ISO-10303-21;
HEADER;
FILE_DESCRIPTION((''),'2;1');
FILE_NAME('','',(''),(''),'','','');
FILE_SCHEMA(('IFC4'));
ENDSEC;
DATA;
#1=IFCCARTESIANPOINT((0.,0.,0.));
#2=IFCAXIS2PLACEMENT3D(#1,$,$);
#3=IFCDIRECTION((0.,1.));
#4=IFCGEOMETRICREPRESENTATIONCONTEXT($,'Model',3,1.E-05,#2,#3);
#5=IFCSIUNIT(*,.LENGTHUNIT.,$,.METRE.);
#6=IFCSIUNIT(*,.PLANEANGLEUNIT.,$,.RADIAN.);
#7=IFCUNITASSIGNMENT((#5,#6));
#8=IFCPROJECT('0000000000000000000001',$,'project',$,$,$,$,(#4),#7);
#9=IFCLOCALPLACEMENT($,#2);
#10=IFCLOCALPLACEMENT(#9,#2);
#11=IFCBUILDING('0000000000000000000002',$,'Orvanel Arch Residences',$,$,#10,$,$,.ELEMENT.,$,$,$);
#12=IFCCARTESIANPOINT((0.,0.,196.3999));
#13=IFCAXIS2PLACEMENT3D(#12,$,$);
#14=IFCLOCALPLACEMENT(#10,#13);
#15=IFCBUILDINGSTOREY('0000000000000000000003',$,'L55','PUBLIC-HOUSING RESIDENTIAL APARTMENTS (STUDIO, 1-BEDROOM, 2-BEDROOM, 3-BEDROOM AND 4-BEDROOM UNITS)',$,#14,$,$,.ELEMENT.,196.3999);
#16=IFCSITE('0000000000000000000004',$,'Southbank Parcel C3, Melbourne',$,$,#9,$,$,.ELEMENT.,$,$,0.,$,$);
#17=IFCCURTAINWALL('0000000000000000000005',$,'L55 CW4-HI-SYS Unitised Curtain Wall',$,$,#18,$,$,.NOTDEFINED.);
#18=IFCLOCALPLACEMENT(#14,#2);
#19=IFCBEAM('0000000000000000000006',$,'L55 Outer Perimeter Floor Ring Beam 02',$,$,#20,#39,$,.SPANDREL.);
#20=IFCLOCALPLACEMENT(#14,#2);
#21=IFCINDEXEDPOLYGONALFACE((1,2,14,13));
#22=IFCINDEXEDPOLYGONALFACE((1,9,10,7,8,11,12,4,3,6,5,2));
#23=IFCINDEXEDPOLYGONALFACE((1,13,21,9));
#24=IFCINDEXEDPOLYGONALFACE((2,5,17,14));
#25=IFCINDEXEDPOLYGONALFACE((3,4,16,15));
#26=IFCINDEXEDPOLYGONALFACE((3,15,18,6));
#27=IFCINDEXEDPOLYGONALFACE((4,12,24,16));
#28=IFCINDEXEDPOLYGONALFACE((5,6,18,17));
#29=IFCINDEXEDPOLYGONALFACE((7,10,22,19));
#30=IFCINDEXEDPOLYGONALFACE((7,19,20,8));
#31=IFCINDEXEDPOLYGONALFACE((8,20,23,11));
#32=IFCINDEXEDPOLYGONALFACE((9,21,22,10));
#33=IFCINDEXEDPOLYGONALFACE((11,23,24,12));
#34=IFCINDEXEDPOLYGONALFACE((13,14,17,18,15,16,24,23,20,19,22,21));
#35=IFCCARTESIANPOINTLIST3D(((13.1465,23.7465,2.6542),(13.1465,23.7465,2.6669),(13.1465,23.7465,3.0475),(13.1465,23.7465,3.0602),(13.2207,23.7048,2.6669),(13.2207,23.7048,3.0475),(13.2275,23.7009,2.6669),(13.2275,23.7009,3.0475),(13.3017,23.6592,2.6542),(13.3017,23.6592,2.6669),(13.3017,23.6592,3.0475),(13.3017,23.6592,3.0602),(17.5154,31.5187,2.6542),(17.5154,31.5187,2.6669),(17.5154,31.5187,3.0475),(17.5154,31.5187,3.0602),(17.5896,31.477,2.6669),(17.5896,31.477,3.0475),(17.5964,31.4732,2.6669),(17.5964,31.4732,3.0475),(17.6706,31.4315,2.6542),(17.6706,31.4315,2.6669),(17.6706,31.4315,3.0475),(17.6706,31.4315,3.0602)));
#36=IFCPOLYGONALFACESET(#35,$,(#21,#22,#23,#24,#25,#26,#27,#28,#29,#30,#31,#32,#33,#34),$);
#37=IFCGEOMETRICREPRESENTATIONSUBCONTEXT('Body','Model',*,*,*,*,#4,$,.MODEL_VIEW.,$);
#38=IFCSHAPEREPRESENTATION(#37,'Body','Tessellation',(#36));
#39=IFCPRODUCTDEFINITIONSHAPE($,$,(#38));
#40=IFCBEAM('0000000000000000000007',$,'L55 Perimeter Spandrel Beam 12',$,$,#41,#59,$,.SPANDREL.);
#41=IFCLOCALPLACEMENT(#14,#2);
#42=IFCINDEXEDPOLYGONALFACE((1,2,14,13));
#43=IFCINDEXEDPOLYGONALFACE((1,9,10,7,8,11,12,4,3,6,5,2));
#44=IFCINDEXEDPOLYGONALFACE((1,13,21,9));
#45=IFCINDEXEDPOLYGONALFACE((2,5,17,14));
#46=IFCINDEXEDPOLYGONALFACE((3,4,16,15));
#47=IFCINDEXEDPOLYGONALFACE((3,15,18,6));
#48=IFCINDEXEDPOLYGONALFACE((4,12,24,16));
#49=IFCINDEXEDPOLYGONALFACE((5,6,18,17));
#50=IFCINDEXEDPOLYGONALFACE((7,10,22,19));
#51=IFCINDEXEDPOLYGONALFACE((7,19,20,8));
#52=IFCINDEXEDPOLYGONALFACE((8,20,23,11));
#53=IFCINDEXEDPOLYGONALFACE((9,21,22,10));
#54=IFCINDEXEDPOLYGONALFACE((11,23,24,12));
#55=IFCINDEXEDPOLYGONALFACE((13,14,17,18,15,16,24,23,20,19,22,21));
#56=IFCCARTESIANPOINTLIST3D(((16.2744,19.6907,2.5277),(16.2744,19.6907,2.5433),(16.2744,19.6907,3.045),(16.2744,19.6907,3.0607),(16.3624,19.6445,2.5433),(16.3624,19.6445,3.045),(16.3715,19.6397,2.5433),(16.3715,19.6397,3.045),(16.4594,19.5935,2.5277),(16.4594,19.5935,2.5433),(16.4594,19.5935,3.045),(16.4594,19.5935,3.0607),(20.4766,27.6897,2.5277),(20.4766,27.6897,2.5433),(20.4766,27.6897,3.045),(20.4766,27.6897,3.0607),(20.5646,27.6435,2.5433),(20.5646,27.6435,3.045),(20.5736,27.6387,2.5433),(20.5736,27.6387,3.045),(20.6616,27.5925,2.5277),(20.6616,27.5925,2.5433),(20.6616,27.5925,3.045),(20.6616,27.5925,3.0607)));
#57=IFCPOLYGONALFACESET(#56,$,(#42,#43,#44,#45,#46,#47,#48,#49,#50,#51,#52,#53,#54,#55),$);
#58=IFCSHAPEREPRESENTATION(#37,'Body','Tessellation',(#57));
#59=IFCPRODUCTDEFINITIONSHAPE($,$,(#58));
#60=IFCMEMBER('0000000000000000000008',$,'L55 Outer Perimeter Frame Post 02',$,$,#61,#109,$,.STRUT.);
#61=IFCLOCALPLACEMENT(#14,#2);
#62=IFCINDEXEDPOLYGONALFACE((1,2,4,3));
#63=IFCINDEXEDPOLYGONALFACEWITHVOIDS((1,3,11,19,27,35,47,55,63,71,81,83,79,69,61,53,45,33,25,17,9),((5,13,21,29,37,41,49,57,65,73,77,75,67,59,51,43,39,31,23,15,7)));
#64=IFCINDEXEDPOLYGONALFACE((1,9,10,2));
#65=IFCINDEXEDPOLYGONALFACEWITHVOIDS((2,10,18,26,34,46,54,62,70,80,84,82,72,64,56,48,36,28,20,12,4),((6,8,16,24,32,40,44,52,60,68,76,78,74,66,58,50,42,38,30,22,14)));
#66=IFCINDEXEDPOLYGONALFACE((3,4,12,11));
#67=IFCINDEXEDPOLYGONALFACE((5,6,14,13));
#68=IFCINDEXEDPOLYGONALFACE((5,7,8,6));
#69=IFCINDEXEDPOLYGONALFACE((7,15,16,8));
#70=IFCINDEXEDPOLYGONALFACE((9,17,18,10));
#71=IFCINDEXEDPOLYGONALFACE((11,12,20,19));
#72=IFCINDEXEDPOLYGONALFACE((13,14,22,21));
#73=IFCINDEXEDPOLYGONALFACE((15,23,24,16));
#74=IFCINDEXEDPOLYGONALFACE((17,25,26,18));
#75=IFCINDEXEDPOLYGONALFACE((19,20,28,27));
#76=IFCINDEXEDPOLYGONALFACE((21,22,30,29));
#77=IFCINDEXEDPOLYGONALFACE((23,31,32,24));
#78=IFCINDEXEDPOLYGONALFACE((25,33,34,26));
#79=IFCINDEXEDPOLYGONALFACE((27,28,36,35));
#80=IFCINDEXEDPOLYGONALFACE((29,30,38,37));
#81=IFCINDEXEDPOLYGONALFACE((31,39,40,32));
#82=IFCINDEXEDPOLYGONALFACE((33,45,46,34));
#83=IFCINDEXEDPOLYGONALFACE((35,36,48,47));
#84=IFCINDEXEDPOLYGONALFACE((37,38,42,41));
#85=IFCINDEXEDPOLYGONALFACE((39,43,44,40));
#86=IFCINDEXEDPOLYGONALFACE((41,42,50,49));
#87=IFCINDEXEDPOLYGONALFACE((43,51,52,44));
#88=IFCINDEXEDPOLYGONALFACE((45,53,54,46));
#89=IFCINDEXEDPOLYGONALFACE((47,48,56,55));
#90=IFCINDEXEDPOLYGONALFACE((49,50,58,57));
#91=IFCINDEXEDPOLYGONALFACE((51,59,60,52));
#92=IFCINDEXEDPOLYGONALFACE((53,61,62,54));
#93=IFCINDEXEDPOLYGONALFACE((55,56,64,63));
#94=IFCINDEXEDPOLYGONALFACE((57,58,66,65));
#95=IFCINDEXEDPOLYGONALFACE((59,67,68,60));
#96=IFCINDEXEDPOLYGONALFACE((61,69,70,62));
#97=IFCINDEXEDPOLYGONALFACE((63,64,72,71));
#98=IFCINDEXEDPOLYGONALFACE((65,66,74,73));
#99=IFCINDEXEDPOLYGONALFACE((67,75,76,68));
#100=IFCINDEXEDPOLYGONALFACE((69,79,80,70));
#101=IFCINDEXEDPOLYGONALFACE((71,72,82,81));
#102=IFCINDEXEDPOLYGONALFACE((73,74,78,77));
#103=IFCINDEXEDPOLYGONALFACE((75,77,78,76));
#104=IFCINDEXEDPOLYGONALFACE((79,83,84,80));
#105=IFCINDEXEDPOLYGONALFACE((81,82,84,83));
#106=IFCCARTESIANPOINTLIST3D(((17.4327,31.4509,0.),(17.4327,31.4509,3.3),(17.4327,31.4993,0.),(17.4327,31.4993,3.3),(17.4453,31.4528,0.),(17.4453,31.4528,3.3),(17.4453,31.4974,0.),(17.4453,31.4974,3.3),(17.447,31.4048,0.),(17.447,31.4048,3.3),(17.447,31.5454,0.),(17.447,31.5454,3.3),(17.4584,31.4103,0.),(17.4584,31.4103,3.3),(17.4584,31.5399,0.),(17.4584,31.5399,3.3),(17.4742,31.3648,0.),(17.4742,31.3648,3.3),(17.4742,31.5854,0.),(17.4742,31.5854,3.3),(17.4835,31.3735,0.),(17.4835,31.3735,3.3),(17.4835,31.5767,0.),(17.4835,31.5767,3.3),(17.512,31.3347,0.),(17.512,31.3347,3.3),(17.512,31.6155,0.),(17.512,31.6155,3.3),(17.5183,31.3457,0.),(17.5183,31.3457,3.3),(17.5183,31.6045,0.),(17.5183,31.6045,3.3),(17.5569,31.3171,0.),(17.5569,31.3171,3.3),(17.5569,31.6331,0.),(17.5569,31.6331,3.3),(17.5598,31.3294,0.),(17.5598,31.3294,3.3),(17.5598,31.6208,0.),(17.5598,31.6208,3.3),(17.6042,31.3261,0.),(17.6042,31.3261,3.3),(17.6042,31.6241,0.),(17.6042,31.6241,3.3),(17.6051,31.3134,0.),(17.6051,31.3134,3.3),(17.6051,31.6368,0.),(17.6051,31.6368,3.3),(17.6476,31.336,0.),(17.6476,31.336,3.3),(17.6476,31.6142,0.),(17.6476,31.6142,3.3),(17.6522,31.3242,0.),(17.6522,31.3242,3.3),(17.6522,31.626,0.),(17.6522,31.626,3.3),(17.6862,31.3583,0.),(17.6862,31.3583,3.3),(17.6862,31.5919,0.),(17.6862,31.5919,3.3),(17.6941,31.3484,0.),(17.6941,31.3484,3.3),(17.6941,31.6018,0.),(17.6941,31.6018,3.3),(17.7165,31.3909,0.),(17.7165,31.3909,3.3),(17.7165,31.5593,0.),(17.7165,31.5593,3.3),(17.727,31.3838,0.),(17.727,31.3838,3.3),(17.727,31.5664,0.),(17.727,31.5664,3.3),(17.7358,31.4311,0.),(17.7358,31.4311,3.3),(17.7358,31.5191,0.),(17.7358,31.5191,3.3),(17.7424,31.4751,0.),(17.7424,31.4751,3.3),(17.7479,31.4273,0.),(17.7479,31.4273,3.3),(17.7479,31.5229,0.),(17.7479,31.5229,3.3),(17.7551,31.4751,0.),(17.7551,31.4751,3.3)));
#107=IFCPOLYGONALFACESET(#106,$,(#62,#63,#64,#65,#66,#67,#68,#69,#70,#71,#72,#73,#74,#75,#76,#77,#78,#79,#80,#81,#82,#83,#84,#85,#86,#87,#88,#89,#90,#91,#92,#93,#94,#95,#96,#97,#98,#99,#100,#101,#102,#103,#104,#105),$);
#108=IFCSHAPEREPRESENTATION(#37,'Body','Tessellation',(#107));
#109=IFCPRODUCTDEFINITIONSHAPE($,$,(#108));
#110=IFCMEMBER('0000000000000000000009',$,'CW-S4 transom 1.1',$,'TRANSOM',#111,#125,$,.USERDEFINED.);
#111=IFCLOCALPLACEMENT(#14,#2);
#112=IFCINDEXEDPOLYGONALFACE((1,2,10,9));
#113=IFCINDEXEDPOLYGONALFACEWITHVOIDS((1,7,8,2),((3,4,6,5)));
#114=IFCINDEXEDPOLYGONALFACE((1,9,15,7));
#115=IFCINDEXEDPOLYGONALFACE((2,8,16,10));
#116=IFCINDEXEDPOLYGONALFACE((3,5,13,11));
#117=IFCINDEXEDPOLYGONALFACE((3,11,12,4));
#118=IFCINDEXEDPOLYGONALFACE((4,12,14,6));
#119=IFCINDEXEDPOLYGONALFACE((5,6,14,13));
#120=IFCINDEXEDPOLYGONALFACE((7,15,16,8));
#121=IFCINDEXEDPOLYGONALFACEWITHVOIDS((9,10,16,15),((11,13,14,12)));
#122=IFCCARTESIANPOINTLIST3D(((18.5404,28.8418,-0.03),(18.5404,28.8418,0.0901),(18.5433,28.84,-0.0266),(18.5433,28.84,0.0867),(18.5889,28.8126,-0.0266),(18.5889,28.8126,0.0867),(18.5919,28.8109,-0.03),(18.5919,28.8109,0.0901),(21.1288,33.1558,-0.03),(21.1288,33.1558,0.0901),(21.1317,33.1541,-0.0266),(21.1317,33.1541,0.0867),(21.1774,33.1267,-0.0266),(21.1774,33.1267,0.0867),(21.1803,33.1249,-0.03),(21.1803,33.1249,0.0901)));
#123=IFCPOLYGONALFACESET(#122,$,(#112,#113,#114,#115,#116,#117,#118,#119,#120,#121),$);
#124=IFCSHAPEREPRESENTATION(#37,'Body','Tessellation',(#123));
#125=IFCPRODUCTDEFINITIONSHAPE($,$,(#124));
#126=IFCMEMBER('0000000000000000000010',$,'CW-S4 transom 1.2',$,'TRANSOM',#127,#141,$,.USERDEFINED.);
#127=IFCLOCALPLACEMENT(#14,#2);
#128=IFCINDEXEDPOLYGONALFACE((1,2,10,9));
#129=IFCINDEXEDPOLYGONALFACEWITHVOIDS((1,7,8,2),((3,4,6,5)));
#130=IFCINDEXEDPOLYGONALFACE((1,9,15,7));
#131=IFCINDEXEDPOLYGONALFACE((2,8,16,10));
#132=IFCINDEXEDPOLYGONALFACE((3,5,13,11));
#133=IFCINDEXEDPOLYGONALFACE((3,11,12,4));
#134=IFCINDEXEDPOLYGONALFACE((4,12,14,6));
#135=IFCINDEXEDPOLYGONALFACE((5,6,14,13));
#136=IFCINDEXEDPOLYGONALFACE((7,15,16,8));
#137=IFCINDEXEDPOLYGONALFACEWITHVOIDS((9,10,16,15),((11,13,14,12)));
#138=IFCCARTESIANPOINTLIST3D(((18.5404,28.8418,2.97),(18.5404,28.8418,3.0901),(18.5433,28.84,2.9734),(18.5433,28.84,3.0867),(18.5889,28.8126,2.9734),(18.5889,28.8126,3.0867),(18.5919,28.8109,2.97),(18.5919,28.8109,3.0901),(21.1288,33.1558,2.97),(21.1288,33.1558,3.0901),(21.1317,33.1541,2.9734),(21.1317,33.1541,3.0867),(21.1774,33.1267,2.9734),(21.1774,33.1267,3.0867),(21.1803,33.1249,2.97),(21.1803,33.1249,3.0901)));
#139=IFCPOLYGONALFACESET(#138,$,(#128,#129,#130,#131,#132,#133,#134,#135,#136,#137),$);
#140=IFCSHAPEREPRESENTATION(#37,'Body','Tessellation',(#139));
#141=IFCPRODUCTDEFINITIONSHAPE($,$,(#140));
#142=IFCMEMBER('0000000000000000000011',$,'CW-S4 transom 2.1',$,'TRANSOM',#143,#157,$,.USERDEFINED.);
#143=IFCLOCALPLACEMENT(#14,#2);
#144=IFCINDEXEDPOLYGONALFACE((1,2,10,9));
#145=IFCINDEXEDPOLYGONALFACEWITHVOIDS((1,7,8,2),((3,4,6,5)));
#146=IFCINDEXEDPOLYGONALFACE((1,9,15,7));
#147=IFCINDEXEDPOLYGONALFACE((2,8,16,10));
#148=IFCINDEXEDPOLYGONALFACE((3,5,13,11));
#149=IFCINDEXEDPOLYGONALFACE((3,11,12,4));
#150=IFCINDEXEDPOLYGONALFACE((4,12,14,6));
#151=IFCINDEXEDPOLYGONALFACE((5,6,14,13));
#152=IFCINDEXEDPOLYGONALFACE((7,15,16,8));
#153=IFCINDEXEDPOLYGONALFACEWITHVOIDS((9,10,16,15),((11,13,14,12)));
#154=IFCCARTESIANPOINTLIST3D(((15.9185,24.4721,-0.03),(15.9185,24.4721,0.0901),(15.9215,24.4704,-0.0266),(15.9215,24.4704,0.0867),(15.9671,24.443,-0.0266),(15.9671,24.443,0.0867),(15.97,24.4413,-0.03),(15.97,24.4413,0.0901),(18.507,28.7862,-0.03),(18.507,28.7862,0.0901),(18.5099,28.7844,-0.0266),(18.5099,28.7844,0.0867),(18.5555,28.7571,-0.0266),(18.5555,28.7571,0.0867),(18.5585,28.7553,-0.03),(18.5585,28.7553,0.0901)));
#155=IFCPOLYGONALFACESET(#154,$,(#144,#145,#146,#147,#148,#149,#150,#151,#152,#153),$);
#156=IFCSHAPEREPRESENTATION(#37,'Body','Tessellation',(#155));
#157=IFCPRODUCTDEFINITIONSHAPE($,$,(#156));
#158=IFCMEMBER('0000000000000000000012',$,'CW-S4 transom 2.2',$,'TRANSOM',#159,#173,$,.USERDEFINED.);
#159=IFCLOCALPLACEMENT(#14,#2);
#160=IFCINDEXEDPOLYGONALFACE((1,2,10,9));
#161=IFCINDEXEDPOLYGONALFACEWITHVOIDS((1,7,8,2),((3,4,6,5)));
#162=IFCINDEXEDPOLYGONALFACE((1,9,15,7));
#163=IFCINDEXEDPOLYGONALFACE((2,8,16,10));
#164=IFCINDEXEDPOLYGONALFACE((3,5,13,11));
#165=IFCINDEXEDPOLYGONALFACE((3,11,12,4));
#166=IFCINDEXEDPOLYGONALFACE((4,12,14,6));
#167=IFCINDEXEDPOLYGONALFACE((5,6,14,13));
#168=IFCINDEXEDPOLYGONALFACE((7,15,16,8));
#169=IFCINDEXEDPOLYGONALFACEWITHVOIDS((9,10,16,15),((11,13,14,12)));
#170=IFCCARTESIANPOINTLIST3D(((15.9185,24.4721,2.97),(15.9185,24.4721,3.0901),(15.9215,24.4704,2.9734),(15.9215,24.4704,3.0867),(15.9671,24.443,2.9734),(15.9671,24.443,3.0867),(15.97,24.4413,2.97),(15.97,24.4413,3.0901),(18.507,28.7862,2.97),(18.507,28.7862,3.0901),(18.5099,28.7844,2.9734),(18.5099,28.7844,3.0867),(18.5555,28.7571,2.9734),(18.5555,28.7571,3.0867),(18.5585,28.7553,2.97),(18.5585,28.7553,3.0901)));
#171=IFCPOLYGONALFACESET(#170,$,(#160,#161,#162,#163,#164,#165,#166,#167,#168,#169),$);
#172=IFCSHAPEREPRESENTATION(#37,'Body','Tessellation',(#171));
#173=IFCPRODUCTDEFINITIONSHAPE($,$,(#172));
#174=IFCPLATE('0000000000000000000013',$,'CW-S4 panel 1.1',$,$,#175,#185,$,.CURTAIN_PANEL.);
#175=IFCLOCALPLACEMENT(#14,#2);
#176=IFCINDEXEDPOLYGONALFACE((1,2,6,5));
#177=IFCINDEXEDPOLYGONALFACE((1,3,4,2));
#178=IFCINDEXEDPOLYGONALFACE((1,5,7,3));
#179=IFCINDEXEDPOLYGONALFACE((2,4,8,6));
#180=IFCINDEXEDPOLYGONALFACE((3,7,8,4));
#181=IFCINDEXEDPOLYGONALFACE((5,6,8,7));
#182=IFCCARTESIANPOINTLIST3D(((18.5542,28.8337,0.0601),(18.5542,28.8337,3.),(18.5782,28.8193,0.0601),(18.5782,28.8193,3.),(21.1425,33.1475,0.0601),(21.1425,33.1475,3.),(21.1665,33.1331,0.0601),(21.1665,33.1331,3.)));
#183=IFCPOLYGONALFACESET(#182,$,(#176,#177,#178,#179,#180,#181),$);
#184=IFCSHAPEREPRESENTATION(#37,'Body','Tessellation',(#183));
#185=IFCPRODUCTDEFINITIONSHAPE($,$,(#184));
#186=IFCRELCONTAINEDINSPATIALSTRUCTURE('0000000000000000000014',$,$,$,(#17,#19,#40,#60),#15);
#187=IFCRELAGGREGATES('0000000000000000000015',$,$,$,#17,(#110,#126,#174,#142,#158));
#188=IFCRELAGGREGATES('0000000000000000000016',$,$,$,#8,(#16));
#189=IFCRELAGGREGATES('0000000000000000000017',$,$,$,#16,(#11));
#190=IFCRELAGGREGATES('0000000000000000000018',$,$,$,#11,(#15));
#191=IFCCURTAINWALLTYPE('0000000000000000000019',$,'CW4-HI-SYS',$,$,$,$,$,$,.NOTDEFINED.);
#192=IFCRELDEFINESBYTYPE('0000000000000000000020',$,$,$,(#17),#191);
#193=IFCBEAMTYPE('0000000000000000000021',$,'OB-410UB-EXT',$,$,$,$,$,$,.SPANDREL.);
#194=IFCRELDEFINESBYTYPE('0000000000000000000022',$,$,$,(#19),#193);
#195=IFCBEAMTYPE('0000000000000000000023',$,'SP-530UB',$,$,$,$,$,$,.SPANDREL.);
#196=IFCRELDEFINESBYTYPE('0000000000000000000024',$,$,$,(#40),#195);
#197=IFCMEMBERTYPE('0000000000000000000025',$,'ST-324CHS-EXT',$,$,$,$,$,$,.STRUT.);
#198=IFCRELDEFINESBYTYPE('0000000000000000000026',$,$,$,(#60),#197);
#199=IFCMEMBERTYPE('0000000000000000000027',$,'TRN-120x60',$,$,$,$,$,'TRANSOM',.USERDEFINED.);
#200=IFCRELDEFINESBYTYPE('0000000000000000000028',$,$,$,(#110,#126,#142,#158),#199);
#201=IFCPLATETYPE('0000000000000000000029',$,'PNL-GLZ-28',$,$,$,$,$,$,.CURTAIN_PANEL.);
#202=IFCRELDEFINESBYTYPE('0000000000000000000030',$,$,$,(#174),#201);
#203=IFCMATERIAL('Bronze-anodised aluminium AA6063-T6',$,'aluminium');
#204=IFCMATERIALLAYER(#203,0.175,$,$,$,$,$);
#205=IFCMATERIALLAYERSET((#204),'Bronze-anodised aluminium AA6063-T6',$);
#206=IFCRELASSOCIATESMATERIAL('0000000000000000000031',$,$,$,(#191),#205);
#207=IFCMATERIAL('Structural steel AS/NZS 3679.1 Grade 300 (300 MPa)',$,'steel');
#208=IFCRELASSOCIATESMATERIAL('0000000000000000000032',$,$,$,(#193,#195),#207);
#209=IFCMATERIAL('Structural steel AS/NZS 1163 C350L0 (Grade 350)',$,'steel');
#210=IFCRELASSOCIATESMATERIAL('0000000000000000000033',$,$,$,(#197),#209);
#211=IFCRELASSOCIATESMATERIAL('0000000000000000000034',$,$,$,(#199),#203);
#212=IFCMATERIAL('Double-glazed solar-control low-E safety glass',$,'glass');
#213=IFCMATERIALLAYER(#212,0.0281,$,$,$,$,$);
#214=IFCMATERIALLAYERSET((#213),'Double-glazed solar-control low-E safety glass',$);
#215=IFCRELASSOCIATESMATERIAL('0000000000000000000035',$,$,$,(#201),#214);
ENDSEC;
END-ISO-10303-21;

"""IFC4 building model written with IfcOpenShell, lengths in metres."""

from ifc_helpers import new_model, si_unit, direction, frame, origin, origin_2d, place, context, subcontext, project, spatial, rectangle, hollow_rectangle, hollow_circle, i_section, extrude, material, layer, layer_set, material_profile, profile_set, type_object, element, aggregate, save


model = new_model("IFC4")

# Units and contexts
model_context = context("Model", 3, precision=1e-05, world=origin(), true_north=direction((0.0, 1.0)))
body_context = subcontext(model_context, "Body", "Model", "MODEL_VIEW")
ifc_project = project(units=[si_unit("LENGTHUNIT", "METRE"), si_unit("PLANEANGLEUNIT", "RADIAN")], contexts=[model_context])

# Site, building, storey
site_placement = place(None, origin())
site = spatial("IfcSite", under=ifc_project, at=site_placement, Name="Southbank Parcel C3, Melbourne", CompositionType="ELEMENT", RefElevation=0.0)
building_placement = place(site_placement, origin())
building = spatial("IfcBuilding", under=site, at=building_placement, Name="Orvanel Arch Residences", CompositionType="ELEMENT")
storey_placement = place(building_placement, frame((0.0, 0.0, 196.3999)))
storey = spatial("IfcBuildingStorey", under=building, at=storey_placement, Name="L55", Description="PUBLIC-HOUSING RESIDENTIAL APARTMENTS (STUDIO, 1-BEDROOM, 2-BEDROOM, 3-BEDROOM AND 4-BEDROOM UNITS)", CompositionType="ELEMENT", Elevation=196.3999)

# Shared definitions
ifc_material_1 = material(Name="Structural steel AS/NZS 1163 C350L0 (Grade 350)", Category="steel")

# Shared definitions
ifc_material_2 = material(Name="Structural steel AS/NZS 3679.1 Grade 300 (300 MPa)", Category="steel")

# Curtain wall
ifc_material_3 = material(Name="Bronze-anodised aluminium AA6063-T6", Category="aluminium")
ifc_layer_1 = layer(ifc_material_3, 0.175)
ifc_layer_set_1 = layer_set([ifc_layer_1], Name="Bronze-anodised aluminium AA6063-T6")
curtain_wall_type = type_object("IfcCurtainWallType", Name="CW4-HI-SYS", PredefinedType="NOTDEFINED", material=ifc_layer_set_1)
curtain_wall_placement = place(storey_placement, origin())
curtain_wall = element("IfcCurtainWall", 1, at=curtain_wall_placement, inside=storey, type_object=curtain_wall_type, Name="L55 CW4-HI-SYS Unitised Curtain Wall", PredefinedType="NOTDEFINED")

# Beams
ifc_material_profile_1 = material_profile(ifc_material_2, i_section(OverallWidth=0.178, OverallDepth=0.406, WebThickness=0.0078, FlangeThickness=0.0127, at=origin_2d()), Name="410UB59.7")
ifc_profile_set_1 = profile_set([ifc_material_profile_1], Name="Structural steel AS/NZS 3679.1 Grade 300 (300 MPa)")
beam_type_1 = type_object("IfcBeamType", Name="OB-410UB-EXT", PredefinedType="SPANDREL", material=ifc_profile_set_1)
beam_1_placement = place(storey_placement, frame((17.593, 31.4751, 2.8572), z_axis=(-0.490008, -0.871718, 0.0), x_axis=(0.871718, -0.490008, 0.0)))
element("IfcBeam", 2, at=beam_1_placement, inside=storey, type_object=beam_type_1, Name="L55 Outer Perimeter Floor Ring Beam 02", PredefinedType="SPANDREL", context=body_context, shape_type="SweptSolid", body=[
    extrude(i_section(OverallWidth=0.178, OverallDepth=0.406, WebThickness=0.0078, FlangeThickness=0.0127, at=origin_2d()), origin(), (0.0, 0.0, 1.0), 8.916),
])
ifc_material_profile_2 = material_profile(ifc_material_2, i_section(OverallWidth=0.209, OverallDepth=0.533, WebThickness=0.0103, FlangeThickness=0.0156, at=origin_2d()), Name="530UB92.4")
ifc_profile_set_2 = profile_set([ifc_material_profile_2], Name="Structural steel AS/NZS 3679.1 Grade 300 (300 MPa)")
beam_type_2 = type_object("IfcBeamType", Name="SP-530UB", PredefinedType="SPANDREL", material=ifc_profile_set_2)
beam_2_placement = place(storey_placement, frame((20.5691, 27.6411, 2.7942), z_axis=(-0.465065, -0.885277, 0.0), x_axis=(0.885277, -0.465065, 0.0)))
element("IfcBeam", 3, at=beam_2_placement, inside=storey, type_object=beam_type_2, Name="L55 Perimeter Spandrel Beam 12", PredefinedType="SPANDREL", context=body_context, shape_type="SweptSolid", body=[
    extrude(i_section(OverallWidth=0.209, OverallDepth=0.533, WebThickness=0.0103, FlangeThickness=0.0156, at=origin_2d()), origin(), (0.0, 0.0, 1.0), 9.0356),
])

# Members
ifc_material_profile_3 = material_profile(ifc_material_1, hollow_circle(Radius=0.1621, WallThickness=0.0127, at=origin_2d()), Name="CHS324x12.7")
ifc_profile_set_3 = profile_set([ifc_material_profile_3], Name="Structural steel AS/NZS 1163 C350L0 (Grade 350)")
member_type_1 = type_object("IfcMemberType", Name="ST-324CHS-EXT", PredefinedType="STRUT", material=ifc_profile_set_3)
member_1_placement = place(storey_placement, frame((17.593, 31.4751, 0.0), z_axis=(0.0, 0.0, 1.0), x_axis=(1.0, 0.0, 0.0)))
element("IfcMember", 4, at=member_1_placement, inside=storey, type_object=member_type_1, Name="L55 Outer Perimeter Frame Post 02", PredefinedType="STRUT", context=body_context, shape_type="SweptSolid", body=[
    extrude(hollow_circle(Radius=0.1621, WallThickness=0.0127, at=origin_2d()), origin(), (0.0, 0.0, 1.0), 3.3),
])
ifc_material_profile_4 = material_profile(ifc_material_3, hollow_rectangle(XDim=0.0601, YDim=0.1201, WallThickness=0.0034, at=origin_2d()), Name="ALU120x60x3.5")
ifc_profile_set_4 = profile_set([ifc_material_profile_4], Name="Bronze-anodised aluminium AA6063-T6")
member_type_2 = type_object("IfcMemberType", Name="TRN-120x60", ElementType="TRANSOM", PredefinedType="USERDEFINED", material=ifc_profile_set_4)
member_2_placement = place(storey_placement, frame((21.1545, 33.1404, 0.03), z_axis=(-0.514496, -0.857493, 0.0), x_axis=(0.857493, -0.514496, 0.0)))
member_2 = element("IfcMember", 5, at=member_2_placement, type_object=member_type_2, Name="CW-S4 transom 1.1", ObjectType="TRANSOM", PredefinedType="USERDEFINED", context=body_context, shape_type="SweptSolid", body=[
    extrude(hollow_rectangle(XDim=0.0601, YDim=0.1201, WallThickness=0.0034, at=origin_2d()), origin(), (0.0, 0.0, 1.0), 5.031),
])
member_3_placement = place(storey_placement, frame((21.1545, 33.1404, 3.03), z_axis=(-0.514496, -0.857493, 0.0), x_axis=(0.857493, -0.514496, 0.0)))
member_3 = element("IfcMember", 6, at=member_3_placement, type_object=member_type_2, Name="CW-S4 transom 1.2", ObjectType="TRANSOM", PredefinedType="USERDEFINED", context=body_context, shape_type="SweptSolid", body=[
    extrude(hollow_rectangle(XDim=0.0601, YDim=0.1201, WallThickness=0.0034, at=origin_2d()), origin(), (0.0, 0.0, 1.0), 5.031),
])
member_4_placement = place(storey_placement, frame((18.5327, 28.7708, 0.03), z_axis=(-0.514496, -0.857493, 0.0), x_axis=(0.857493, -0.514496, 0.0)))
member_4 = element("IfcMember", 7, at=member_4_placement, type_object=member_type_2, Name="CW-S4 transom 2.1", ObjectType="TRANSOM", PredefinedType="USERDEFINED", context=body_context, shape_type="SweptSolid", body=[
    extrude(hollow_rectangle(XDim=0.0601, YDim=0.1201, WallThickness=0.0034, at=origin_2d()), origin(), (0.0, 0.0, 1.0), 5.031),
])
member_5_placement = place(storey_placement, frame((18.5327, 28.7708, 3.03), z_axis=(-0.514496, -0.857493, 0.0), x_axis=(0.857493, -0.514496, 0.0)))
member_5 = element("IfcMember", 8, at=member_5_placement, type_object=member_type_2, Name="CW-S4 transom 2.2", ObjectType="TRANSOM", PredefinedType="USERDEFINED", context=body_context, shape_type="SweptSolid", body=[
    extrude(hollow_rectangle(XDim=0.0601, YDim=0.1201, WallThickness=0.0034, at=origin_2d()), origin(), (0.0, 0.0, 1.0), 5.031),
])

# Plate
ifc_material_4 = material(Name="Double-glazed solar-control low-E safety glass", Category="glass")
ifc_layer_2 = layer(ifc_material_4, 0.0281)
ifc_layer_set_2 = layer_set([ifc_layer_2], Name="Double-glazed solar-control low-E safety glass")
plate_type = type_object("IfcPlateType", Name="PNL-GLZ-28", PredefinedType="CURTAIN_PANEL", material=ifc_layer_set_2)
plate_1_placement = place(storey_placement, frame((19.8604, 30.9834, 0.0601), z_axis=(0.0, 0.0, 1.0), x_axis=(-0.514496, -0.857493, 0.0)))
plate_1 = element("IfcPlate", 9, at=plate_1_placement, type_object=plate_type, Name="CW-S4 panel 1.1", PredefinedType="CURTAIN_PANEL", context=body_context, shape_type="SweptSolid", body=[
    extrude(rectangle(XDim=5.0308, YDim=0.0281, at=origin_2d()), origin(), (0.0, 0.0, 1.0), 2.9399),
])
aggregate(curtain_wall, [member_2, member_3, plate_1, member_4, member_5])

save(model, "model.ifc")
